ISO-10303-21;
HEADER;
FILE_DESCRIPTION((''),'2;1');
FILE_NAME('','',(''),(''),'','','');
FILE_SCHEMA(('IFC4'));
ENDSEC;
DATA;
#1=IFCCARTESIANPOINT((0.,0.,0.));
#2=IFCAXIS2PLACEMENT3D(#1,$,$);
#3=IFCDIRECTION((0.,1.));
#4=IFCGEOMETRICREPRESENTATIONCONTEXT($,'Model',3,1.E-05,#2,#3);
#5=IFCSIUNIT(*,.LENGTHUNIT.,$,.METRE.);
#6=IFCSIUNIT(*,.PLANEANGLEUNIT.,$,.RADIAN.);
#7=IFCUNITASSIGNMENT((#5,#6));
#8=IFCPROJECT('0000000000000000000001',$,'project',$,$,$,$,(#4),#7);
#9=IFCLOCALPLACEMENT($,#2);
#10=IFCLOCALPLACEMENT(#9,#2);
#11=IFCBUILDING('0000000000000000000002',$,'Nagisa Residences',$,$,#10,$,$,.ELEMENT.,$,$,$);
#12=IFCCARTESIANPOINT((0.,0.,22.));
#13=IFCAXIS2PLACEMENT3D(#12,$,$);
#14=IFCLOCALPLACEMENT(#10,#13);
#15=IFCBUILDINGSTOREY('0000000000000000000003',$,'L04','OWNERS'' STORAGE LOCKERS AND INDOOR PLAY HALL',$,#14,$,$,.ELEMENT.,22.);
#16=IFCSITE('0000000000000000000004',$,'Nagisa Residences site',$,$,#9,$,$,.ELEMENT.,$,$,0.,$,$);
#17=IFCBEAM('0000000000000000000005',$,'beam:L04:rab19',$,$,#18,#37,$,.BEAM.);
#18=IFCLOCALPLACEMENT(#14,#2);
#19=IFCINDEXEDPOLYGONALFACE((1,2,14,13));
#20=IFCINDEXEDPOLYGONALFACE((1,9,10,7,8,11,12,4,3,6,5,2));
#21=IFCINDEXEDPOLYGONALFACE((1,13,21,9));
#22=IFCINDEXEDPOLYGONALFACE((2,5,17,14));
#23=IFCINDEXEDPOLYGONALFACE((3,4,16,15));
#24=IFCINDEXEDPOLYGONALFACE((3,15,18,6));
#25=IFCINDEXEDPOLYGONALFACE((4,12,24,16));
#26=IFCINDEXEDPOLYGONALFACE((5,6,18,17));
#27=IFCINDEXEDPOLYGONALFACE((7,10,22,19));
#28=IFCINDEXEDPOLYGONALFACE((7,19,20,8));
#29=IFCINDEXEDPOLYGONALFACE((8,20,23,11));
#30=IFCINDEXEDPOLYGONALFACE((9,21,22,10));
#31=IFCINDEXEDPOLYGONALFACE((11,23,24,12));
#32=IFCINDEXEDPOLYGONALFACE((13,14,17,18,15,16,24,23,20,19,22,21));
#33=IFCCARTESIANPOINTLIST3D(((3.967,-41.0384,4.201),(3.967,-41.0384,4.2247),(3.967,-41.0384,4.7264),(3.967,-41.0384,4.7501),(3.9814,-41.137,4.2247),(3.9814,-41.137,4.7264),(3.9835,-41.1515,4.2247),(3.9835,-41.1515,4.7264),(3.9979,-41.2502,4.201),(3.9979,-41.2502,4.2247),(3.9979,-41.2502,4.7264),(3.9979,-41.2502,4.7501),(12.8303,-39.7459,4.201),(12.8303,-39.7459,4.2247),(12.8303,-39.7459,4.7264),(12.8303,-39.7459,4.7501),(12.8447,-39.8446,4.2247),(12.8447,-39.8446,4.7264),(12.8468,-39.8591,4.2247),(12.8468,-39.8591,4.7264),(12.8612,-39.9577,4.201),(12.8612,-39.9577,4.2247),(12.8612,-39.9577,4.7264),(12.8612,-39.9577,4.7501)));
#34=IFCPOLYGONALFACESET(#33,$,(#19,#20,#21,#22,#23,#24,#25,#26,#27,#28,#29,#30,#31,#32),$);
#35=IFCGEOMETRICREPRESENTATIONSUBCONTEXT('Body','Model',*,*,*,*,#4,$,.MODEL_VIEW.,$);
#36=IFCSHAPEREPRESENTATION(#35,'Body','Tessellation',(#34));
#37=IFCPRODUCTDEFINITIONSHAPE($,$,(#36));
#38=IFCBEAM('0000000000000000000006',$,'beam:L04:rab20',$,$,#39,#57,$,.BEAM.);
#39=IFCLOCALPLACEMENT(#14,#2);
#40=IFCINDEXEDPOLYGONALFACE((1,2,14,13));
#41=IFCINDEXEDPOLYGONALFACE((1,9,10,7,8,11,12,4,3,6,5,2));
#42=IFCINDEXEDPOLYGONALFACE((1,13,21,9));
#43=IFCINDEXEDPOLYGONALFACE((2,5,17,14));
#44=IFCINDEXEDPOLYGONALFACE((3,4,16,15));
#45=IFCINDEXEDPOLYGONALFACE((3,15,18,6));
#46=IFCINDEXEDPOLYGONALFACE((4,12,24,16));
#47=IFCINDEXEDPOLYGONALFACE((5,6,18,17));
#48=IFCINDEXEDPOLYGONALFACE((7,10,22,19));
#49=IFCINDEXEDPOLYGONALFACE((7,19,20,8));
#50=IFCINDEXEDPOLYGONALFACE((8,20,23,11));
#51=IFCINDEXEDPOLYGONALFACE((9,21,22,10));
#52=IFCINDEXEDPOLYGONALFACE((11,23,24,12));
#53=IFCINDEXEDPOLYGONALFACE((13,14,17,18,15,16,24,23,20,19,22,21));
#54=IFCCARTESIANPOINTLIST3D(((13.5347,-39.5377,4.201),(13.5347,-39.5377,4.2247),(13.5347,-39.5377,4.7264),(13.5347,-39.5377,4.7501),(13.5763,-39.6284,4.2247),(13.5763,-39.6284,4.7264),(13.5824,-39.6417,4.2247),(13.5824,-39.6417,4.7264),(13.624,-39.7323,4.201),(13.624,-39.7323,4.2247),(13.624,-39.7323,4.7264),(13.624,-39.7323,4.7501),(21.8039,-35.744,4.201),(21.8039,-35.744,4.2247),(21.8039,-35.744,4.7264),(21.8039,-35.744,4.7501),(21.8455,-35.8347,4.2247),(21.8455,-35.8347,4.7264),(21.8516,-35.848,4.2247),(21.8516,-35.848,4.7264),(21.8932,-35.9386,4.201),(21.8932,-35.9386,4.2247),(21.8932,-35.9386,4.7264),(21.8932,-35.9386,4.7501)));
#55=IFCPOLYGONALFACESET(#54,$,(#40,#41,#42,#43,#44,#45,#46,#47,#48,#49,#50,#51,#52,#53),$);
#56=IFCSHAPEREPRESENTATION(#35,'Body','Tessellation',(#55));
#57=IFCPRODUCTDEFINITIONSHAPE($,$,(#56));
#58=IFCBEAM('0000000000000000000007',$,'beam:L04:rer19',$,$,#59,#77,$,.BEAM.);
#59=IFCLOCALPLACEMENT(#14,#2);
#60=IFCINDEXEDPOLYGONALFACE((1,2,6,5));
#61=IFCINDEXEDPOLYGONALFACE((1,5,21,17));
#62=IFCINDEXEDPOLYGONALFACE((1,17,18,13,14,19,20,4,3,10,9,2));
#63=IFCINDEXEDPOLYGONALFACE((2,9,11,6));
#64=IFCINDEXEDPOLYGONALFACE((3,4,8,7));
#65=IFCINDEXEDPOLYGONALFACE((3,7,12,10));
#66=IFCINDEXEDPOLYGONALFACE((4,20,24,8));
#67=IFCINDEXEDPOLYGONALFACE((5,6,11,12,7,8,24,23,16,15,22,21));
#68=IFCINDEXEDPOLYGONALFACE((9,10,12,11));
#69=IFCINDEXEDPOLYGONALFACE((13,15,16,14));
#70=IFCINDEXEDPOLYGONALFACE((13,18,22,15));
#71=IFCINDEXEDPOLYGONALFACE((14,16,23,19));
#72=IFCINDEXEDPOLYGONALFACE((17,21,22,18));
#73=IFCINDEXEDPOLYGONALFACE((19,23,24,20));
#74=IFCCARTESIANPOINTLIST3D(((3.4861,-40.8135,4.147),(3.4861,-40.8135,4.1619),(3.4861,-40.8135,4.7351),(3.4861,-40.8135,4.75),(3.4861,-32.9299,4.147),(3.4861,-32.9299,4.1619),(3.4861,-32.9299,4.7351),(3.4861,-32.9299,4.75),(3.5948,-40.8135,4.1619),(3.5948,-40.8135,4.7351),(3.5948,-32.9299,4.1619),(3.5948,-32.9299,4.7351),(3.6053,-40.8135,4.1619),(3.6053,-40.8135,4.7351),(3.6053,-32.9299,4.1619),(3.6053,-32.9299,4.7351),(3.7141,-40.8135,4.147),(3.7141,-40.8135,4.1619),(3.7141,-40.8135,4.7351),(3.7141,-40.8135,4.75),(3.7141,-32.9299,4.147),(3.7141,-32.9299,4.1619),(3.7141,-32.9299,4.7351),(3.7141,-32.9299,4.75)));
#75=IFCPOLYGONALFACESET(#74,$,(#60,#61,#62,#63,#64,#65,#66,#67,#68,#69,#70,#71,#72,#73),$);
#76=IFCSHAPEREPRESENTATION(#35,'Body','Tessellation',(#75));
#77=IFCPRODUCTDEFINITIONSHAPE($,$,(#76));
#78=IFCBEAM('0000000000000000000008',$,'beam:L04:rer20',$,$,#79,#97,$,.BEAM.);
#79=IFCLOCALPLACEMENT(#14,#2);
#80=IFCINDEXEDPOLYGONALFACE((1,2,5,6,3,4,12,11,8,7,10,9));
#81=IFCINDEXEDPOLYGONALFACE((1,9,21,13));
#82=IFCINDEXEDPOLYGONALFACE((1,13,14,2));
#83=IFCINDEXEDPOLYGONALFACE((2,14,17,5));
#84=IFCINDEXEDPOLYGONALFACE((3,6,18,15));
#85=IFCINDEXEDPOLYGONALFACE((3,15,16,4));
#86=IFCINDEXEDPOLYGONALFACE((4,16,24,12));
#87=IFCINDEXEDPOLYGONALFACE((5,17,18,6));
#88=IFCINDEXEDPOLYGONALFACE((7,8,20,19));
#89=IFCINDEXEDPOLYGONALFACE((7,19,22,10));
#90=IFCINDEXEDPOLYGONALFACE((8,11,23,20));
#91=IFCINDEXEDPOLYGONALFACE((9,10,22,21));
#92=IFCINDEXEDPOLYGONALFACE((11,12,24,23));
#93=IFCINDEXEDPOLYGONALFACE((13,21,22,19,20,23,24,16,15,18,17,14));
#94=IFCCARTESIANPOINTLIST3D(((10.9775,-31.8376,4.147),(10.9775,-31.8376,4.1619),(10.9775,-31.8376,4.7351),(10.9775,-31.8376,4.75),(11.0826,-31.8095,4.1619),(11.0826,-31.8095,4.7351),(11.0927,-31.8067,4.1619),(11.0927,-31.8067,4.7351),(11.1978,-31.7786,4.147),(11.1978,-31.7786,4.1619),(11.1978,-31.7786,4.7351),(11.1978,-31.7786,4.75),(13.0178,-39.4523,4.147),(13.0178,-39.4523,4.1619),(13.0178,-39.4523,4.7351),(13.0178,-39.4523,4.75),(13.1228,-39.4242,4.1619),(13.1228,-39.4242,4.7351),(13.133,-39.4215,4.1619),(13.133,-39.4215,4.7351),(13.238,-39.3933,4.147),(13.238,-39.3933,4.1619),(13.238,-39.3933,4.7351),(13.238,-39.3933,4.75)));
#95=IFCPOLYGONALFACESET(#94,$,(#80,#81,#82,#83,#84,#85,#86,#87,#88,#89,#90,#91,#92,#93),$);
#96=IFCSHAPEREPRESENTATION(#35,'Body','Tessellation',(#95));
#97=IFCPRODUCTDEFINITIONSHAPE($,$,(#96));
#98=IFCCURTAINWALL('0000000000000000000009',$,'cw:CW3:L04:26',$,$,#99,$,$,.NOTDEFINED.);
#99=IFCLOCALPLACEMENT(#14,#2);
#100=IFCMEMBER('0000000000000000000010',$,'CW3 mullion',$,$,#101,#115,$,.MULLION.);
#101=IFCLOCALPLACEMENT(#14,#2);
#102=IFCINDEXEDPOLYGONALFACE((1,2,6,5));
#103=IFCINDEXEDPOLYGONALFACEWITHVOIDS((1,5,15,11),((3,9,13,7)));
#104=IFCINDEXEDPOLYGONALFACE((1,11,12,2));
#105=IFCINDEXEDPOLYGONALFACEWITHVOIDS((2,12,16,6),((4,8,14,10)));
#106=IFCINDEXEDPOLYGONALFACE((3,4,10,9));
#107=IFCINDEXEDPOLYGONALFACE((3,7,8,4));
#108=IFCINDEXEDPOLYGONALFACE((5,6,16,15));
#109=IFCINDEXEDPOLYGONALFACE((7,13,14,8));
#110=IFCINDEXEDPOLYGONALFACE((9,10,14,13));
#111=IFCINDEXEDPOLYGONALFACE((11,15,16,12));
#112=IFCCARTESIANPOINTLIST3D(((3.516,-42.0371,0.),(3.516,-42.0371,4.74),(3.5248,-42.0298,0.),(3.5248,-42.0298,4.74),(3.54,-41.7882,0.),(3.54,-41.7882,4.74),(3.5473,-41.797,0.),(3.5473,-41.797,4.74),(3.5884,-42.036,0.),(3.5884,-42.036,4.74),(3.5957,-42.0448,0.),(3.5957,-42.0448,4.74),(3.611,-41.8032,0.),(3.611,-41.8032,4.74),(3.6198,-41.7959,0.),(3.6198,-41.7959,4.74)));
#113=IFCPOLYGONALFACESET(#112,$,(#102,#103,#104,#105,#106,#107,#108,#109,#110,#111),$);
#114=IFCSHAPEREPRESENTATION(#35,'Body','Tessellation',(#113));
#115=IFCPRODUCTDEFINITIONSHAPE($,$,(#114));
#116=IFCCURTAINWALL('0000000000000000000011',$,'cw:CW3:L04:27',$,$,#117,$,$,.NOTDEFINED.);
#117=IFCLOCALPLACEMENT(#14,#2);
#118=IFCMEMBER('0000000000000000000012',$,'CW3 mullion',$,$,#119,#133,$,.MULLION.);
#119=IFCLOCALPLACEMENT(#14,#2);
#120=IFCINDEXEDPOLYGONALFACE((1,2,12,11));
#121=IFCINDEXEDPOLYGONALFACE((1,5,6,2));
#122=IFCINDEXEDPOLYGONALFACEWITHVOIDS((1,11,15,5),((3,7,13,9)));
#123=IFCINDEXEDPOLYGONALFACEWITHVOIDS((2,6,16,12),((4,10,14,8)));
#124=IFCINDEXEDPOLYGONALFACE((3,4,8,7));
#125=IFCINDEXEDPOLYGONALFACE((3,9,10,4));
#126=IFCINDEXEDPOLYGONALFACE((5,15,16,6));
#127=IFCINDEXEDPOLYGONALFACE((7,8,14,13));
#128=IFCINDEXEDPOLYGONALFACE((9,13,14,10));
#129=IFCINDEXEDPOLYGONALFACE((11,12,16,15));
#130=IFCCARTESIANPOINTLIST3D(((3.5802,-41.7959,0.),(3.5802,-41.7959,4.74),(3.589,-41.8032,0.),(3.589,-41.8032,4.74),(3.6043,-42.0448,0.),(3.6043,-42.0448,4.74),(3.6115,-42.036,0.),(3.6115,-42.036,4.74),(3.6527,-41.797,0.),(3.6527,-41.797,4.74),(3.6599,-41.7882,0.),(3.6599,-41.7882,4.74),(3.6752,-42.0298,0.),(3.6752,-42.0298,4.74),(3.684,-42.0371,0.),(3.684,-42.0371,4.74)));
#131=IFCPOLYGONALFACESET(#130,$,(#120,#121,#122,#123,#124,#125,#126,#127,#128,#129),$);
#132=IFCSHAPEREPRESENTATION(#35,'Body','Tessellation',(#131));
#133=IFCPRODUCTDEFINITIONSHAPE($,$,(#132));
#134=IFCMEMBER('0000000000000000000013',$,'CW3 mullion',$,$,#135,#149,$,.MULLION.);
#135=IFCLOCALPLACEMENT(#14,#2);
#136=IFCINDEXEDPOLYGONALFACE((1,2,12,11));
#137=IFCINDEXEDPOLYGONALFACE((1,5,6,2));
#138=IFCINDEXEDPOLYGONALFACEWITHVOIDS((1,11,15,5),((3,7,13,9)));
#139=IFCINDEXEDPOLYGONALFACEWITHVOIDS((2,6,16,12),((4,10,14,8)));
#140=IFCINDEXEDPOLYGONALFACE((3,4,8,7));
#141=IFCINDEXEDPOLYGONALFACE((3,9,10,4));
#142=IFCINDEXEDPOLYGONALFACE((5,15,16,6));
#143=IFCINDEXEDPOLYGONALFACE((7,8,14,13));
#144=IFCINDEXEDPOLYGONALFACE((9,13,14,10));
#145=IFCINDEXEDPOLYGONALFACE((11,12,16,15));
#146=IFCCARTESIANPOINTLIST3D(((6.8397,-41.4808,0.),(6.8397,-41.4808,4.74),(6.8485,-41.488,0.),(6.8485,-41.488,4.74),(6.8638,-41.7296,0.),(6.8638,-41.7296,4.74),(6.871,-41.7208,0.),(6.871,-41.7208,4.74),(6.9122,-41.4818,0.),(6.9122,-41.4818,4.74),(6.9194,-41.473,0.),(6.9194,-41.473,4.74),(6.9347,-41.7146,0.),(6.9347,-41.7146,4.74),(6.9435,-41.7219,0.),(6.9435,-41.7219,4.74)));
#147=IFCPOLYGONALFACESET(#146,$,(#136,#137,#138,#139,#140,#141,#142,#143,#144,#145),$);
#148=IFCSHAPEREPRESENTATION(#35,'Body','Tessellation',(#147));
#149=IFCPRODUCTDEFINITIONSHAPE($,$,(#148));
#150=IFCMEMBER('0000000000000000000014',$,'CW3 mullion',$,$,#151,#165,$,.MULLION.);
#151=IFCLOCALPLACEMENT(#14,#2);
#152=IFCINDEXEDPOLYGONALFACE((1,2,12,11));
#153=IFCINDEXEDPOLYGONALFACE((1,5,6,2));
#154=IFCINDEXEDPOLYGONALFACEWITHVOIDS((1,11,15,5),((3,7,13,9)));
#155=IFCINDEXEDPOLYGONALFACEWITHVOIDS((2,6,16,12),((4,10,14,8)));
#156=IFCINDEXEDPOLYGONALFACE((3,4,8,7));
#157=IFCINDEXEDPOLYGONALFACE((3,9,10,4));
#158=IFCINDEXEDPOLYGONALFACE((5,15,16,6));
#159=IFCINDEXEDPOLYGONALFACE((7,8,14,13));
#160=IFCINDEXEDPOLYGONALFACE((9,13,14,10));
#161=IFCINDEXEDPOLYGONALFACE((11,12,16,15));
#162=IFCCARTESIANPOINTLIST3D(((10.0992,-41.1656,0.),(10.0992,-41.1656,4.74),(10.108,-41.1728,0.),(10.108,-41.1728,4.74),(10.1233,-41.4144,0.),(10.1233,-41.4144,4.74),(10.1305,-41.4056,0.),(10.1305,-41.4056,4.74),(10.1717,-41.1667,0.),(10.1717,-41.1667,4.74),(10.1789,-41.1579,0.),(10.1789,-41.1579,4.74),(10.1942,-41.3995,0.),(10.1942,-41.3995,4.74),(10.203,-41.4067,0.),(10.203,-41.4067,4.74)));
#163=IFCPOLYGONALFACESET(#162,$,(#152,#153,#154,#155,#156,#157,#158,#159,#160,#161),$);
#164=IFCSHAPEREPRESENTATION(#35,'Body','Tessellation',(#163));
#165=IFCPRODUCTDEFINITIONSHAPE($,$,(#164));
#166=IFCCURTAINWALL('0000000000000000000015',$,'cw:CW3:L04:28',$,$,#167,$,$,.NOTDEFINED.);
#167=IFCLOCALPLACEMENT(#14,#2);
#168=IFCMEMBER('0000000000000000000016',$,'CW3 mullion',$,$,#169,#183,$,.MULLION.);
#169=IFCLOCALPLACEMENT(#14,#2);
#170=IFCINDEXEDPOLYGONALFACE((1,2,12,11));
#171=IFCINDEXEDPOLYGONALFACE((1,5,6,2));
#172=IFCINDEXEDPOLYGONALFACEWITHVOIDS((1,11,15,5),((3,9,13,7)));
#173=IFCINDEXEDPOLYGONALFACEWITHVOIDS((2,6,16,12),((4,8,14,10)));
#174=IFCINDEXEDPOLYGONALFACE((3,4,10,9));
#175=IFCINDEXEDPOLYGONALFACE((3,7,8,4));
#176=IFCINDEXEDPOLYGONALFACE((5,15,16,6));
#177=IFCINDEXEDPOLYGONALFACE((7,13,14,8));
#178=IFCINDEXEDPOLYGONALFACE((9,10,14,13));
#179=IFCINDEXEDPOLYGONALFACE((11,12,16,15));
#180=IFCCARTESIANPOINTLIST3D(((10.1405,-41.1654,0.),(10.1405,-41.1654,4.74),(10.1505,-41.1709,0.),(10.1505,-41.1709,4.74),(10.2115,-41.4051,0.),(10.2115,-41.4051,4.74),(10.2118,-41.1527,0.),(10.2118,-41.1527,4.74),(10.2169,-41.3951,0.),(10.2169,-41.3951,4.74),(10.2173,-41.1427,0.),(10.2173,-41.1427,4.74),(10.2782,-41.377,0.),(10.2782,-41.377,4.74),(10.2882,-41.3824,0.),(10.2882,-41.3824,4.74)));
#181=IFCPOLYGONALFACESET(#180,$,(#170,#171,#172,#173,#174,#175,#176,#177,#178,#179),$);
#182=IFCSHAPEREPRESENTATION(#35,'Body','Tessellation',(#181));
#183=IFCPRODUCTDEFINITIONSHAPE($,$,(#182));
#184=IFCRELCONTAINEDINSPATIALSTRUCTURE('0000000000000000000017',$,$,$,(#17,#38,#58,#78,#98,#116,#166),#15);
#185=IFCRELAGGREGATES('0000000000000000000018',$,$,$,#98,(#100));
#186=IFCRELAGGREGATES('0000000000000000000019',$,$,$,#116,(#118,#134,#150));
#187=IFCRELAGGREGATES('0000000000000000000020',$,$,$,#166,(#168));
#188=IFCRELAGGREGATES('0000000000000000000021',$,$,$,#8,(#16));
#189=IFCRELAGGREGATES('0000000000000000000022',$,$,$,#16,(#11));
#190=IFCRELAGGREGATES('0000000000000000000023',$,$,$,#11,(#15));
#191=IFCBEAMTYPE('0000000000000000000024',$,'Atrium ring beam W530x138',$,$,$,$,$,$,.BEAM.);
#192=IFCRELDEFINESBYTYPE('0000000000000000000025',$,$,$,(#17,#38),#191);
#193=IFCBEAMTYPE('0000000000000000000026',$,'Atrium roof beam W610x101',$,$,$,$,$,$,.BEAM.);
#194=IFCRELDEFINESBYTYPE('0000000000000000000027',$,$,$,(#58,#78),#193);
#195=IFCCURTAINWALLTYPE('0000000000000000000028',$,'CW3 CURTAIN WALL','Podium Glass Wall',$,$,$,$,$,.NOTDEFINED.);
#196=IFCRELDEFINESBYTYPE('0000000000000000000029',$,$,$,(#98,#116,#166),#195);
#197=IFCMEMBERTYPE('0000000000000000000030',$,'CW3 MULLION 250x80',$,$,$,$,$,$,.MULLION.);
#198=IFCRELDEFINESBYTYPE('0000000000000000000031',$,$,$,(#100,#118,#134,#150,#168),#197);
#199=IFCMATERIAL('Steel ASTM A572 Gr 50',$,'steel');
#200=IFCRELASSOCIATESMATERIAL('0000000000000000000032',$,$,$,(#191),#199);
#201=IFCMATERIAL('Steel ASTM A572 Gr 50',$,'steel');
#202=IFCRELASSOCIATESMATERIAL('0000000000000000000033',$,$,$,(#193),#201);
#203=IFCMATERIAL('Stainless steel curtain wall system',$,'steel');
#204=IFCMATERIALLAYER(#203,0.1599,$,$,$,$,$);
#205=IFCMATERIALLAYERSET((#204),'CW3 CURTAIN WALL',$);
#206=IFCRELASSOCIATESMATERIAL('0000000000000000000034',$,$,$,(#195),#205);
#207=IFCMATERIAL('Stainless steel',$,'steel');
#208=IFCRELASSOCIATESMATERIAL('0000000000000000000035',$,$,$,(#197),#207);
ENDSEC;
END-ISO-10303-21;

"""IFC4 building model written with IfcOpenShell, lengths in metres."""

from ifc_helpers import new_model, si_unit, direction, frame, origin, origin_2d, place, context, subcontext, project, spatial, hollow_rectangle, i_section, extrude, material, layer, layer_set, material_profile, profile_set, type_object, element, aggregate, save


model = new_model("IFC4")

# Units and contexts
model_context = context("Model", 3, precision=1e-05, world=origin(), true_north=direction((0.0, 1.0)))
body_context = subcontext(model_context, "Body", "Model", "MODEL_VIEW")
ifc_project = project(units=[si_unit("LENGTHUNIT", "METRE"), si_unit("PLANEANGLEUNIT", "RADIAN")], contexts=[model_context])

# Site, building, storey
site_placement = place(None, origin())
site = spatial("IfcSite", under=ifc_project, at=site_placement, Name="Nagisa Residences site", CompositionType="ELEMENT", RefElevation=0.0)
building_placement = place(site_placement, origin())
building = spatial("IfcBuilding", under=site, at=building_placement, Name="Nagisa Residences", CompositionType="ELEMENT")
storey_placement = place(building_placement, frame((0.0, 0.0, 22.0)))
storey = spatial("IfcBuildingStorey", under=building, at=storey_placement, Name="L04", Description="OWNERS' STORAGE LOCKERS AND INDOOR PLAY HALL", CompositionType="ELEMENT", Elevation=22.0)

# Beams
ifc_material_1 = material(Name="Steel ASTM A572 Gr 50", Category="steel")
ifc_material_profile_1 = material_profile(ifc_material_1, i_section(OverallWidth=0.2141, OverallDepth=0.5491, WebThickness=0.0146, FlangeThickness=0.0237, at=origin_2d()), Name="W530x138")
ifc_profile_set_1 = profile_set([ifc_material_profile_1], Name="Steel ASTM A572 Gr 50")
beam_type_1 = type_object("IfcBeamType", Name="Atrium ring beam W530x138", PredefinedType="BEAM", material=ifc_profile_set_1)
beam_1_placement = place(storey_placement, frame((3.9824, -41.1443, 4.4756), z_axis=(0.989534, 0.144298, 0.0), x_axis=(-0.144298, 0.989534, 0.0)))
element("IfcBeam", 1, at=beam_1_placement, inside=storey, type_object=beam_type_1, Name="beam:L04:rab19", PredefinedType="BEAM", context=body_context, shape_type="SweptSolid", body=[
    extrude(i_section(OverallWidth=0.2141, OverallDepth=0.5491, WebThickness=0.0146, FlangeThickness=0.0237, at=origin_2d()), origin(), (0.0, 0.0, 1.0), 8.957),
])
beam_2_placement = place(storey_placement, frame((13.5793, -39.635, 4.4756), z_axis=(0.908914, 0.416983, 0.0), x_axis=(-0.416983, 0.908914, 0.0)))
element("IfcBeam", 2, at=beam_2_placement, inside=storey, type_object=beam_type_1, Name="beam:L04:rab20", PredefinedType="BEAM", context=body_context, shape_type="SweptSolid", body=[
    extrude(i_section(OverallWidth=0.2141, OverallDepth=0.5491, WebThickness=0.0146, FlangeThickness=0.0237, at=origin_2d()), origin(), (0.0, 0.0, 1.0), 9.0979),
])
ifc_material_2 = material(Name="Steel ASTM A572 Gr 50", Category="steel")
ifc_material_profile_2 = material_profile(ifc_material_2, i_section(OverallWidth=0.228, OverallDepth=0.603, WebThickness=0.0105, FlangeThickness=0.0149, at=origin_2d()), Name="W610x101")
ifc_profile_set_2 = profile_set([ifc_material_profile_2], Name="Steel ASTM A572 Gr 50")
beam_type_2 = type_object("IfcBeamType", Name="Atrium roof beam W610x101", PredefinedType="BEAM", material=ifc_profile_set_2)
beam_3_placement = place(storey_placement, frame((3.6001, -32.9299, 4.4485), z_axis=(0.0, -1.0, 0.0), x_axis=(1.0, 0.0, 0.0)))
element("IfcBeam", 3, at=beam_3_placement, inside=storey, type_object=beam_type_2, Name="beam:L04:rer19", PredefinedType="BEAM", context=body_context, shape_type="SweptSolid", body=[
    extrude(i_section(OverallWidth=0.228, OverallDepth=0.603, WebThickness=0.0105, FlangeThickness=0.0149, at=origin_2d()), origin(), (0.0, 0.0, 1.0), 7.8835),
])
beam_4_placement = place(storey_placement, frame((11.0876, -31.8081, 4.4485), z_axis=(0.258809, -0.965928, 0.0), x_axis=(0.965928, 0.258809, 0.0)))
element("IfcBeam", 4, at=beam_4_placement, inside=storey, type_object=beam_type_2, Name="beam:L04:rer20", PredefinedType="BEAM", context=body_context, shape_type="SweptSolid", body=[
    extrude(i_section(OverallWidth=0.228, OverallDepth=0.603, WebThickness=0.0105, FlangeThickness=0.0149, at=origin_2d()), origin(), (0.0, 0.0, 1.0), 7.8833),
])

# Curtain wall, member
ifc_material_3 = material(Name="Stainless steel curtain wall system", Category="steel")
ifc_layer_1 = layer(ifc_material_3, 0.1599)
ifc_layer_set_1 = layer_set([ifc_layer_1], Name="CW3 CURTAIN WALL")
curtain_wall_type_1 = type_object("IfcCurtainWallType", Name="CW3 CURTAIN WALL", Description="Podium Glass Wall", PredefinedType="NOTDEFINED", material=ifc_layer_set_1)
curtain_wall_1_placement = place(storey_placement, origin())
curtain_wall_1 = element("IfcCurtainWall", 5, at=curtain_wall_1_placement, inside=storey, type_object=curtain_wall_type_1, Name="cw:CW3:L04:26", PredefinedType="NOTDEFINED")
ifc_material_4 = material(Name="Stainless steel", Category="steel")
ifc_material_profile_3 = material_profile(ifc_material_4, hollow_rectangle(XDim=0.25, YDim=0.0801, WallThickness=0.0081, at=origin_2d()), Name="CW3 MULLION 250x80")
ifc_profile_set_3 = profile_set([ifc_material_profile_3], Name="Stainless steel")
member_type_1 = type_object("IfcMemberType", Name="CW3 MULLION 250x80", PredefinedType="MULLION", material=ifc_profile_set_3)
member_1_placement = place(storey_placement, frame((3.5679, -41.9165, 0.0), z_axis=(0.0, 0.0, 1.0), x_axis=(0.096249, 0.995357, 0.0)))
member_1 = element("IfcMember", 6, at=member_1_placement, type_object=member_type_1, Name="CW3 mullion", PredefinedType="MULLION", context=body_context, shape_type="SweptSolid", body=[
    extrude(hollow_rectangle(XDim=0.25, YDim=0.0801, WallThickness=0.0081, at=origin_2d()), origin(), (0.0, 0.0, 1.0), 4.74),
])

# Curtain walls, members
curtain_wall_2_placement = place(storey_placement, origin())
curtain_wall_2 = element("IfcCurtainWall", 7, at=curtain_wall_2_placement, inside=storey, type_object=curtain_wall_type_1, Name="cw:CW3:L04:27", PredefinedType="NOTDEFINED")
member_2_placement = place(storey_placement, frame((3.6321, -41.9165, 0.0), z_axis=(0.0, 0.0, 1.0), x_axis=(-0.096249, 0.995357, 0.0)))
member_2 = element("IfcMember", 8, at=member_2_placement, type_object=member_type_1, Name="CW3 mullion", PredefinedType="MULLION", context=body_context, shape_type="SweptSolid", body=[
    extrude(hollow_rectangle(XDim=0.25, YDim=0.0801, WallThickness=0.0081, at=origin_2d()), origin(), (0.0, 0.0, 1.0), 4.74),
])
member_3_placement = place(storey_placement, frame((6.8916, -41.6013, 0.0), z_axis=(0.0, 0.0, 1.0), x_axis=(-0.096249, 0.995357, 0.0)))
member_3 = element("IfcMember", 9, at=member_3_placement, type_object=member_type_1, Name="CW3 mullion", PredefinedType="MULLION", context=body_context, shape_type="SweptSolid", body=[
    extrude(hollow_rectangle(XDim=0.25, YDim=0.0801, WallThickness=0.0081, at=origin_2d()), origin(), (0.0, 0.0, 1.0), 4.74),
])
member_4_placement = place(storey_placement, frame((10.1511, -41.2861, 0.0), z_axis=(0.0, 0.0, 1.0), x_axis=(-0.096249, 0.995357, 0.0)))
member_4 = element("IfcMember", 10, at=member_4_placement, type_object=member_type_1, Name="CW3 mullion", PredefinedType="MULLION", context=body_context, shape_type="SweptSolid", body=[
    extrude(hollow_rectangle(XDim=0.25, YDim=0.0801, WallThickness=0.0081, at=origin_2d()), origin(), (0.0, 0.0, 1.0), 4.74),
])
curtain_wall_3_placement = place(storey_placement, origin())
curtain_wall_3 = element("IfcCurtainWall", 11, at=curtain_wall_3_placement, inside=storey, type_object=curtain_wall_type_1, Name="cw:CW3:L04:28", PredefinedType="NOTDEFINED")
member_5_placement = place(storey_placement, frame((10.2144, -41.2739, 0.0), z_axis=(0.0, 0.0, 1.0), x_axis=(-0.283963, 0.958835, 0.0)))
member_5 = element("IfcMember", 12, at=member_5_placement, type_object=member_type_1, Name="CW3 mullion", PredefinedType="MULLION", context=body_context, shape_type="SweptSolid", body=[
    extrude(hollow_rectangle(XDim=0.25, YDim=0.0801, WallThickness=0.0081, at=origin_2d()), origin(), (0.0, 0.0, 1.0), 4.74),
])

aggregate(curtain_wall_1, [member_1])
aggregate(curtain_wall_2, [member_2, member_3, member_4])
aggregate(curtain_wall_3, [member_5])

save(model, "model.ifc")
